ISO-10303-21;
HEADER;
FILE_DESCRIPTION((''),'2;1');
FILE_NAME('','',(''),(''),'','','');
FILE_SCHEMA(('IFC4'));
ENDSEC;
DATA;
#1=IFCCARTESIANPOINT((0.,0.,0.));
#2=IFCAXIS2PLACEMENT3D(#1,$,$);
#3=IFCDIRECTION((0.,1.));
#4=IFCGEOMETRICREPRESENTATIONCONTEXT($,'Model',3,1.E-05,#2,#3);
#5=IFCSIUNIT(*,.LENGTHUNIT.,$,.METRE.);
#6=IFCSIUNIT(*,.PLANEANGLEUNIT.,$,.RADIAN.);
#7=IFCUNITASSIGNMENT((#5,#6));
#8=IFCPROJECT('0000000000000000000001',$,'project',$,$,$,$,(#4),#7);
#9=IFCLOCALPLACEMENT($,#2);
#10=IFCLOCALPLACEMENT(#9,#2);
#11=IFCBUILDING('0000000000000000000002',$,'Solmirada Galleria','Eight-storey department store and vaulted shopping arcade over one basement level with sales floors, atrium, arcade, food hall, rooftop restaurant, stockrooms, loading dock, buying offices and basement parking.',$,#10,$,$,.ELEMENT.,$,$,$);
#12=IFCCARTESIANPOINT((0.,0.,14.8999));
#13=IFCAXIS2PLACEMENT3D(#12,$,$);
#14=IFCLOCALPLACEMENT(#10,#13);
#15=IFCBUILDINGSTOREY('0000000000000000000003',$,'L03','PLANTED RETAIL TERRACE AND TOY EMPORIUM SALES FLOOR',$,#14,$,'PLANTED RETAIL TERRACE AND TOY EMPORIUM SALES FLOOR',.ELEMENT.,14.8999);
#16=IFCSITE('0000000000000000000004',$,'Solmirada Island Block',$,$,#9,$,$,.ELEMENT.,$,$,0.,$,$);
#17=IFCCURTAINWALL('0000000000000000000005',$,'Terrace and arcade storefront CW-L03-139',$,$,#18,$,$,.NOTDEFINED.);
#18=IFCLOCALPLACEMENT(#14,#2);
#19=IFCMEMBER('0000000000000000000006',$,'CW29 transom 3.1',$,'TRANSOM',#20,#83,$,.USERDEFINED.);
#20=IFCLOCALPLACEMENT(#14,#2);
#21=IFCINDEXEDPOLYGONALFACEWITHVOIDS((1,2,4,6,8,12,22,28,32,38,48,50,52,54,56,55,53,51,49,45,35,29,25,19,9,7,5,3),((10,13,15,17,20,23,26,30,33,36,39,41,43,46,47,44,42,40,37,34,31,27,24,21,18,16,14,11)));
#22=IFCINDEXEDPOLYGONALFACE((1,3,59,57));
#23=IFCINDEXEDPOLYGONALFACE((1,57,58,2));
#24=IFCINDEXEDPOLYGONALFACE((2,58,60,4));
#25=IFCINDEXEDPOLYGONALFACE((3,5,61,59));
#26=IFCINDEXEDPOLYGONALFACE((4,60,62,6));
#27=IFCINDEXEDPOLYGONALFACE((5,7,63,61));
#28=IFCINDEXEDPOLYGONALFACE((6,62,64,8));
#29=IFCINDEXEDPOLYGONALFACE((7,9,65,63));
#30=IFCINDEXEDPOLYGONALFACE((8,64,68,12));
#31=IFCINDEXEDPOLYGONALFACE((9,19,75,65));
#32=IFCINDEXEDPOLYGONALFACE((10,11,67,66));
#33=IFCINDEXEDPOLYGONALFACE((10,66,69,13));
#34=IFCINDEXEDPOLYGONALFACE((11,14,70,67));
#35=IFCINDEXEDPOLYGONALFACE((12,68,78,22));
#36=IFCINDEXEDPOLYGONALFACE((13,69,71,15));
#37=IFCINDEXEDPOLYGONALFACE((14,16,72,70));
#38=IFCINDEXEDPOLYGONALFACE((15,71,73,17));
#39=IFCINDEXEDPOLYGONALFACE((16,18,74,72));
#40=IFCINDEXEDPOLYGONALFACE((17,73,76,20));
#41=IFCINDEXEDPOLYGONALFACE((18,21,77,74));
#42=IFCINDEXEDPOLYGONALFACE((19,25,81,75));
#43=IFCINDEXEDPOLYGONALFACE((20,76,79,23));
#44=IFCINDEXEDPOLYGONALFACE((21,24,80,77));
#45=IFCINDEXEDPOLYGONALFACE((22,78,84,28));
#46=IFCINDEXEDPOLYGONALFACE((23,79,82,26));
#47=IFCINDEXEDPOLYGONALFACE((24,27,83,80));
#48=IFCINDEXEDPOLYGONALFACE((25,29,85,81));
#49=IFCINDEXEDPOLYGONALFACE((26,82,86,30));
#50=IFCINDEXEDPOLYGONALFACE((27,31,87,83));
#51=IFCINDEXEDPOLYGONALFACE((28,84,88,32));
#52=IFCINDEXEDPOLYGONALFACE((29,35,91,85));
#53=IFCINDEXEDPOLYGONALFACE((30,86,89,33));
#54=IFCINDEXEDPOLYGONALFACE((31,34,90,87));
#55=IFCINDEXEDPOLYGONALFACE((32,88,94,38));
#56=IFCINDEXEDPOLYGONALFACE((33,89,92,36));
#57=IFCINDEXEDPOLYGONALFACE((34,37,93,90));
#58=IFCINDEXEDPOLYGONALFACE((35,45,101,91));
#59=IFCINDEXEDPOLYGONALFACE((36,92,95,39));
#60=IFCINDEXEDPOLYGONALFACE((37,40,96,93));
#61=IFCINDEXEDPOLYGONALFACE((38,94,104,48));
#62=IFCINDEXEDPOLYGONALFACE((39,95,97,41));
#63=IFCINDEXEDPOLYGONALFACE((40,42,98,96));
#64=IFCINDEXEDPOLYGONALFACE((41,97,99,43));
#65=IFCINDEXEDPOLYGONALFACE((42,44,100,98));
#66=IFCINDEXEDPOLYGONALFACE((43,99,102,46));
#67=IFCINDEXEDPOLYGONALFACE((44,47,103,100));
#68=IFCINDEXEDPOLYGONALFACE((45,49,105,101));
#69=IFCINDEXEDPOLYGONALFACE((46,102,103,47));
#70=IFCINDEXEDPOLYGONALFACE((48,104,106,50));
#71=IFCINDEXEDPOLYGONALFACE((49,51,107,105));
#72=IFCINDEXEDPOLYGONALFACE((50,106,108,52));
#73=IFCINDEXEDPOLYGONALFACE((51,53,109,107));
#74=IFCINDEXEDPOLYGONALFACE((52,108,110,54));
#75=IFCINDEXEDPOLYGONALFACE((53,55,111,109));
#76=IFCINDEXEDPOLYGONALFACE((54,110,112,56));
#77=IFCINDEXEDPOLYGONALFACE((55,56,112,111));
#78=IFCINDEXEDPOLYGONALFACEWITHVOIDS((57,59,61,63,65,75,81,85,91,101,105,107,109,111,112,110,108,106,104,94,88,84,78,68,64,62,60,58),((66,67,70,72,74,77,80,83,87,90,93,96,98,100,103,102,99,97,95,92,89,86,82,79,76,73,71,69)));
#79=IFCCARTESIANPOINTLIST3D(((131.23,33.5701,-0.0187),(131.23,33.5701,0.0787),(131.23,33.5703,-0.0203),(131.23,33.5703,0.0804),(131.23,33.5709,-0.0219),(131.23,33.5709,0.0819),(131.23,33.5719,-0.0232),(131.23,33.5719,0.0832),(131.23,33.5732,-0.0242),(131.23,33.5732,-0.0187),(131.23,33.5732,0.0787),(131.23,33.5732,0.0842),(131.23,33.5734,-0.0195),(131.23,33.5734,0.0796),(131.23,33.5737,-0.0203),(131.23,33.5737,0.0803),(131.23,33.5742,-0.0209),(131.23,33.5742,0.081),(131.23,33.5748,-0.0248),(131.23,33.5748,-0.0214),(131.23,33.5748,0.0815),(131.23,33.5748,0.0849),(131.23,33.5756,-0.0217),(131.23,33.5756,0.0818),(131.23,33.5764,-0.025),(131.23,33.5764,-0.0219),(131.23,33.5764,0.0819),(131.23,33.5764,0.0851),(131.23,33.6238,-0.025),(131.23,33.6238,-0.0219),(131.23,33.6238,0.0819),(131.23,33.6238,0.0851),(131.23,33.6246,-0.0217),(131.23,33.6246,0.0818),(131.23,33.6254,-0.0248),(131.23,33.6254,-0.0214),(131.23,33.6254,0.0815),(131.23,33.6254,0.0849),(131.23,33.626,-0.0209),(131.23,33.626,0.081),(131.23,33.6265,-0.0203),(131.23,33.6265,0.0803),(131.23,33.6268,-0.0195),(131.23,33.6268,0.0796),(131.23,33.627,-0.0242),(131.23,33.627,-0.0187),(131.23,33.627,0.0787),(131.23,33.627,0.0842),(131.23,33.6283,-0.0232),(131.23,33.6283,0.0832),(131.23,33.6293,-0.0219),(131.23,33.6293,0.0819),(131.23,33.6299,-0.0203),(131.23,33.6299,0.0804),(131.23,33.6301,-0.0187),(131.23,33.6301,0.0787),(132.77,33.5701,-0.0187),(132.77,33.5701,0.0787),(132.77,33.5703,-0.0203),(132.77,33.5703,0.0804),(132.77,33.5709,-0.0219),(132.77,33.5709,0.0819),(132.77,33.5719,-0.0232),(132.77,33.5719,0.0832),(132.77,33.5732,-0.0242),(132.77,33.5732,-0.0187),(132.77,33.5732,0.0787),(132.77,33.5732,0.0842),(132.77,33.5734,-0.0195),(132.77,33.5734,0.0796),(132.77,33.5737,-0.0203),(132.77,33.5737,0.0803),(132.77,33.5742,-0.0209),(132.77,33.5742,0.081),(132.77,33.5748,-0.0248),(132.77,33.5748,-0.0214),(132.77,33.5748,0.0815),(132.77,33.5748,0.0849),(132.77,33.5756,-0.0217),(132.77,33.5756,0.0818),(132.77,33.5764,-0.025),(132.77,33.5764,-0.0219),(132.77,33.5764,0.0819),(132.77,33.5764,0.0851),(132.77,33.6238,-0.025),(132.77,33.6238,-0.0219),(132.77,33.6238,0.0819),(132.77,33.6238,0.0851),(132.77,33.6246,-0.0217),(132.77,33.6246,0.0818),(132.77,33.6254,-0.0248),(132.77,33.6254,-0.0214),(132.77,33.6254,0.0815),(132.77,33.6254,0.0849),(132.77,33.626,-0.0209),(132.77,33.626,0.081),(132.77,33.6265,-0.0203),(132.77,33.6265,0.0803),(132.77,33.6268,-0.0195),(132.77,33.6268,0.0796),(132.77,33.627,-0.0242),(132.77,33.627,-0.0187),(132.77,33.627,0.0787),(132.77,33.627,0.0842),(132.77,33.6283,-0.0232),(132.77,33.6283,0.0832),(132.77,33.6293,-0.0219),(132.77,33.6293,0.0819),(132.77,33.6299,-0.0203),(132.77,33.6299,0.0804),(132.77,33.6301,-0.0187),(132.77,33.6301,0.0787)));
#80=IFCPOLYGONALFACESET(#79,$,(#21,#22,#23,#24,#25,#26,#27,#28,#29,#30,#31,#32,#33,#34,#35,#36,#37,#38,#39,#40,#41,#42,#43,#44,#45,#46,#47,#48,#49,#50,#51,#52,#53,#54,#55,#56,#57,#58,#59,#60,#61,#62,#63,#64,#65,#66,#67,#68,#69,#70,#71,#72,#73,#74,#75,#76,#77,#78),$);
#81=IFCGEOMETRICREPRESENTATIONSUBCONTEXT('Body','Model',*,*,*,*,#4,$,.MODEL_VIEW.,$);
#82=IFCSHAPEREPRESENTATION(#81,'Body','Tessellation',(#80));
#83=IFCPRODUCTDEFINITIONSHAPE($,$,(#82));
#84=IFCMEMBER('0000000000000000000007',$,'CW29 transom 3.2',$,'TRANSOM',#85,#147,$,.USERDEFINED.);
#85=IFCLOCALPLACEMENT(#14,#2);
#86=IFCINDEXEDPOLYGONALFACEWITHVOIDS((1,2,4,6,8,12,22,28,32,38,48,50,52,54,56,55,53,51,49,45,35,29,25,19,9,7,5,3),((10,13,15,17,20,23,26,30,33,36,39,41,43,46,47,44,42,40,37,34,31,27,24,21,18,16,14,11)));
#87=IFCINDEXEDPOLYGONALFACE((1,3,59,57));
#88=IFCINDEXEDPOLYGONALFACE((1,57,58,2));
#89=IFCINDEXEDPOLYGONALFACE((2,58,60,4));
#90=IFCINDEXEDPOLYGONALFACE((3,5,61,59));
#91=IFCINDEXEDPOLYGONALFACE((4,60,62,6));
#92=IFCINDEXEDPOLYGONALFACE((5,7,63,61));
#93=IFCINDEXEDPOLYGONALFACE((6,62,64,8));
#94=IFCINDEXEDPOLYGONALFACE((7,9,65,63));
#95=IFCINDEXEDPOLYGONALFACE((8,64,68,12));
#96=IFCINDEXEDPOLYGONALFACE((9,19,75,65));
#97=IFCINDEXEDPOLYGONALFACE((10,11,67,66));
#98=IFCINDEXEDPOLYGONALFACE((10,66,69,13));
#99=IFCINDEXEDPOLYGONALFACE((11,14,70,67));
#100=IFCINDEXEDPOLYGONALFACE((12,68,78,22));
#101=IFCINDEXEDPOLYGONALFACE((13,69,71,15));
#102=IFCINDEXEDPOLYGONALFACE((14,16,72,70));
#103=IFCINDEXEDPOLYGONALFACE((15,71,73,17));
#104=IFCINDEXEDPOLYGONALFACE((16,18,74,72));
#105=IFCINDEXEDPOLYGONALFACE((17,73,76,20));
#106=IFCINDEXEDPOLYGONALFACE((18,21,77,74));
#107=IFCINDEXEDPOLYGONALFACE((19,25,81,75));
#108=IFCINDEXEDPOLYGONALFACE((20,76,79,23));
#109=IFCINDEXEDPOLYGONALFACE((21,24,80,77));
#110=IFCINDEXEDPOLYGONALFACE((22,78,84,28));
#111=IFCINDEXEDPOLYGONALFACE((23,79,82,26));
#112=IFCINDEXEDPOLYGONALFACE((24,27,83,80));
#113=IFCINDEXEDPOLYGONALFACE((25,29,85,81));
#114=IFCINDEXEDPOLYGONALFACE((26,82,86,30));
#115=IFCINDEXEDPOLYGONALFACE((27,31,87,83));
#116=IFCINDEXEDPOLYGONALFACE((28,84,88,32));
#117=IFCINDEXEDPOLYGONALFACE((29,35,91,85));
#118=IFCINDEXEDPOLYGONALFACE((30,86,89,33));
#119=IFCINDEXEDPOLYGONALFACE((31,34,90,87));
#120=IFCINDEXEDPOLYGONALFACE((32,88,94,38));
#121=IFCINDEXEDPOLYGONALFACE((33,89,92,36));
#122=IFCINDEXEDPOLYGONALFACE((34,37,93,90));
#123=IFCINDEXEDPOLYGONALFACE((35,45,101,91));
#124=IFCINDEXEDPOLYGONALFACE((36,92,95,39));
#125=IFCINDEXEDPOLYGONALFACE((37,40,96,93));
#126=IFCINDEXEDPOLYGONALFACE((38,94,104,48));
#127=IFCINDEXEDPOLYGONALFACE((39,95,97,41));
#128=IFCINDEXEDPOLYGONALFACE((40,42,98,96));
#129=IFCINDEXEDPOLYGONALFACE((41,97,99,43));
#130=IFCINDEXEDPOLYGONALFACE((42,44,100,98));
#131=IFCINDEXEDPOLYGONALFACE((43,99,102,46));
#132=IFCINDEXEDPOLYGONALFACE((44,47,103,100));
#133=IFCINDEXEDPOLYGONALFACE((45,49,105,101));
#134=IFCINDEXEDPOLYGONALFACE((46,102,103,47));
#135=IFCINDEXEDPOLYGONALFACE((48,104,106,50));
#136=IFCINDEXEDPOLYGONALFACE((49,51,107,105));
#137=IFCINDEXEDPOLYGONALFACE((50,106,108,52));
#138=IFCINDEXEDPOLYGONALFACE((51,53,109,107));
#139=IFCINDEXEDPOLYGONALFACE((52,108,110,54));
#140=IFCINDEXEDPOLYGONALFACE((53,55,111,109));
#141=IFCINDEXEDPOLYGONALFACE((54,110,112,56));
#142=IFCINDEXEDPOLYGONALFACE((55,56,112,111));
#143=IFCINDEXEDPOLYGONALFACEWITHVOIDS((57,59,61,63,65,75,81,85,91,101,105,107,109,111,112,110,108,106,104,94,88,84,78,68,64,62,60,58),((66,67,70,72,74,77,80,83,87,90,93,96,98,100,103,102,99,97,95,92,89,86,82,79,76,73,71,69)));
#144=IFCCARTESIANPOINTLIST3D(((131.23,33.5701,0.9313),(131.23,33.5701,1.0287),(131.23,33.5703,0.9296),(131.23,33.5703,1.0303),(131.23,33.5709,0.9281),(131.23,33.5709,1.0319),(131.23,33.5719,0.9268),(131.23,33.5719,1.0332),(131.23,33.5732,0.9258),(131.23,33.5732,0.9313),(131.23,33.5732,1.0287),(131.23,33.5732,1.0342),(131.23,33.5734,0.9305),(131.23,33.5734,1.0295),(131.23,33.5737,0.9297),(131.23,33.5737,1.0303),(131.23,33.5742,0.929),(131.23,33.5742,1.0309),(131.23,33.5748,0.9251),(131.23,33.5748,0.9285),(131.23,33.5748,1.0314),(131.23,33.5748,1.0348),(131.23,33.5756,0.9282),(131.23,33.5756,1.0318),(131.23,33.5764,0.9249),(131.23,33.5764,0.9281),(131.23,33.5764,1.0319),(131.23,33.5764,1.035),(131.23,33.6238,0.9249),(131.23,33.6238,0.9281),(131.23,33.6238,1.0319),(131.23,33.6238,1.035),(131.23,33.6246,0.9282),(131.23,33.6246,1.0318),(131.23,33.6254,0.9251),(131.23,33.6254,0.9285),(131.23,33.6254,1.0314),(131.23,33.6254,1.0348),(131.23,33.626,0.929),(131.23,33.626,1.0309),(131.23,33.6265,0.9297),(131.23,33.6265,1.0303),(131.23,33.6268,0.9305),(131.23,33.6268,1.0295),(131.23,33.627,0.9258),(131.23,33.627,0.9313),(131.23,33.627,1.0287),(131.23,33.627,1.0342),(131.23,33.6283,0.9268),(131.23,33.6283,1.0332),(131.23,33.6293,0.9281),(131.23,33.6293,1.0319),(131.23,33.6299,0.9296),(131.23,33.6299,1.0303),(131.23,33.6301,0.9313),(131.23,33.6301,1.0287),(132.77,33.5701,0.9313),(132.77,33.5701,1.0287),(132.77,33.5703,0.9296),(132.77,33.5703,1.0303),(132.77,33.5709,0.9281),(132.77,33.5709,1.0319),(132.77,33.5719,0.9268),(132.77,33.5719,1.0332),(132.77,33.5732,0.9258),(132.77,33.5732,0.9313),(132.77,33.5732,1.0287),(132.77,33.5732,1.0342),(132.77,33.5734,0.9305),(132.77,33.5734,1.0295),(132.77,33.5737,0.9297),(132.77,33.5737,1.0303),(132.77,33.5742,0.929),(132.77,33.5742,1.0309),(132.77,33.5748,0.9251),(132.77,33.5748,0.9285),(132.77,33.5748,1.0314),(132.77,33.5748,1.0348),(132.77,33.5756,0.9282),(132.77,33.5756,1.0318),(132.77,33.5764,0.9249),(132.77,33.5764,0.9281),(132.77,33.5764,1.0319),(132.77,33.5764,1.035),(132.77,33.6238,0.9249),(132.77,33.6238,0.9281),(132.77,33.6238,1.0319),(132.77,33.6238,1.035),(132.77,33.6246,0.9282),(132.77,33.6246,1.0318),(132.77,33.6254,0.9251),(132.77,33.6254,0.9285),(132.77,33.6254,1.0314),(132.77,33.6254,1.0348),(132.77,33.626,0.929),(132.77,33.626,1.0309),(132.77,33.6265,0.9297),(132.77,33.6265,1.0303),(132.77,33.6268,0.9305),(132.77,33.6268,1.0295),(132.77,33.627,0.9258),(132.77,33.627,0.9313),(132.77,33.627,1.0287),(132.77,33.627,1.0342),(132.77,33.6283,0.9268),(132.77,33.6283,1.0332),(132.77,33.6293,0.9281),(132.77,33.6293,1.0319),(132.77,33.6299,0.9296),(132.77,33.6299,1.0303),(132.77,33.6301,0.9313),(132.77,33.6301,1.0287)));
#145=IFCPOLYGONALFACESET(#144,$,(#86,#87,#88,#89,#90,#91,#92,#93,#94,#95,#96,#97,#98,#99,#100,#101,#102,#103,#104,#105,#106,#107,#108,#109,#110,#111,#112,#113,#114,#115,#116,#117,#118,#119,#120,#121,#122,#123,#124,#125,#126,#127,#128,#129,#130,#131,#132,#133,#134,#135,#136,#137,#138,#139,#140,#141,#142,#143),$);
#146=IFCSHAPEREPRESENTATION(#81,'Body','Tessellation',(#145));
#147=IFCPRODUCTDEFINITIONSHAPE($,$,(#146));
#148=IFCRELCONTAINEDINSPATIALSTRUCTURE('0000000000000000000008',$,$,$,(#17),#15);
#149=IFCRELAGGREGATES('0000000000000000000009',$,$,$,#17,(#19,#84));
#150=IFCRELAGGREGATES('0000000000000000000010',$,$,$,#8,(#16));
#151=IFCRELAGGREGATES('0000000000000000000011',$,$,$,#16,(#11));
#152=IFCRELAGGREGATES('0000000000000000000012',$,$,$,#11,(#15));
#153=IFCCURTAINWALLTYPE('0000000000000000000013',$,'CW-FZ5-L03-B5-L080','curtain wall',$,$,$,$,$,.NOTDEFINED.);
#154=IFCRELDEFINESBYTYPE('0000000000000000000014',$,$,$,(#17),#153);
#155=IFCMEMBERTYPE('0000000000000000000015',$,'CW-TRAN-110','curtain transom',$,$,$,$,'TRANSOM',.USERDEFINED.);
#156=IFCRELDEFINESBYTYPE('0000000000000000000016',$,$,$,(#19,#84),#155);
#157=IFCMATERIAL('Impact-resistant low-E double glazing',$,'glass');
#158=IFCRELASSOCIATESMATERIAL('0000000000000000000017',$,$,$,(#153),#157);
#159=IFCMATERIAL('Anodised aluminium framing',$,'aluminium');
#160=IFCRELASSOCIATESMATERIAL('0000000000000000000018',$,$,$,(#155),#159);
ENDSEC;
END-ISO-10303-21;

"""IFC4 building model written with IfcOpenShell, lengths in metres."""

from ifc_helpers import new_model, si_unit, direction, frame, origin, origin_2d, place, context, subcontext, project, spatial, hollow_rectangle, extrude, material, material_profile, profile_set, type_object, element, aggregate, save


model = new_model("IFC4")

# Units and contexts
model_context = context("Model", 3, precision=1e-05, world=origin(), true_north=direction((0.0, 1.0)))
body_context = subcontext(model_context, "Body", "Model", "MODEL_VIEW")
ifc_project = project(units=[si_unit("LENGTHUNIT", "METRE"), si_unit("PLANEANGLEUNIT", "RADIAN")], contexts=[model_context])

# Site, building, storey
site_placement = place(None, origin())
site = spatial("IfcSite", under=ifc_project, at=site_placement, Name="Solmirada Island Block", CompositionType="ELEMENT", RefElevation=0.0)
building_placement = place(site_placement, origin())
building = spatial("IfcBuilding", under=site, at=building_placement, Name="Solmirada Galleria", Description="Eight-storey department store and vaulted shopping arcade over one basement level with sales floors, atrium, arcade, food hall, rooftop restaurant, stockrooms, loading dock, buying offices and basement parking.", CompositionType="ELEMENT")
storey_placement = place(building_placement, frame((0.0, 0.0, 14.8999)))
storey = spatial("IfcBuildingStorey", under=building, at=storey_placement, Name="L03", Description="PLANTED RETAIL TERRACE AND TOY EMPORIUM SALES FLOOR", LongName="PLANTED RETAIL TERRACE AND TOY EMPORIUM SALES FLOOR", CompositionType="ELEMENT", Elevation=14.8999)

# Curtain wall, members
ifc_material_1 = material(Name="Impact-resistant low-E double glazing", Category="glass")
curtain_wall_type = type_object("IfcCurtainWallType", Name="CW-FZ5-L03-B5-L080", Description="curtain wall", PredefinedType="NOTDEFINED", material=ifc_material_1)
curtain_wall_placement = place(storey_placement, origin())
curtain_wall = element("IfcCurtainWall", 1, at=curtain_wall_placement, inside=storey, type_object=curtain_wall_type, Name="Terrace and arcade storefront CW-L03-139", PredefinedType="NOTDEFINED")
ifc_material_2 = material(Name="Anodised aluminium framing", Category="aluminium")
ifc_material_profile_1 = material_profile(ifc_material_2, hollow_rectangle(XDim=0.0601, YDim=0.1101, WallThickness=0.0032, InnerFilletRadius=0.0032, OuterFilletRadius=0.0063, at=origin_2d()), Name="ALU-TRAN-110X60")
ifc_profile_set_1 = profile_set([ifc_material_profile_1], Name="Anodised aluminium framing")
member_type_1 = type_object("IfcMemberType", Name="CW-TRAN-110", Description="curtain transom", ElementType="TRANSOM", PredefinedType="USERDEFINED", material=ifc_profile_set_1)
member_1_placement = place(storey_placement, frame((131.23, 33.6001, 0.03), z_axis=(1.0, 0.0, 0.0), x_axis=(0.0, 1.0, 0.0)))
member_1 = element("IfcMember", 2, at=member_1_placement, type_object=member_type_1, Name="CW29 transom 3.1", ObjectType="TRANSOM", PredefinedType="USERDEFINED", context=body_context, shape_type="SweptSolid", body=[
    extrude(hollow_rectangle(XDim=0.0601, YDim=0.1101, WallThickness=0.0032, InnerFilletRadius=0.0032, OuterFilletRadius=0.0063, at=origin_2d()), origin(), (0.0, 0.0, 1.0), 1.54),
])
member_2_placement = place(storey_placement, frame((131.23, 33.6001, 0.98), z_axis=(1.0, 0.0, 0.0), x_axis=(0.0, 1.0, 0.0)))
member_2 = element("IfcMember", 3, at=member_2_placement, type_object=member_type_1, Name="CW29 transom 3.2", ObjectType="TRANSOM", PredefinedType="USERDEFINED", context=body_context, shape_type="SweptSolid", body=[
    extrude(hollow_rectangle(XDim=0.0601, YDim=0.1101, WallThickness=0.0032, InnerFilletRadius=0.0032, OuterFilletRadius=0.0063, at=origin_2d()), origin(), (0.0, 0.0, 1.0), 1.54),
])
aggregate(curtain_wall, [member_1, member_2])

save(model, "model.ifc")
